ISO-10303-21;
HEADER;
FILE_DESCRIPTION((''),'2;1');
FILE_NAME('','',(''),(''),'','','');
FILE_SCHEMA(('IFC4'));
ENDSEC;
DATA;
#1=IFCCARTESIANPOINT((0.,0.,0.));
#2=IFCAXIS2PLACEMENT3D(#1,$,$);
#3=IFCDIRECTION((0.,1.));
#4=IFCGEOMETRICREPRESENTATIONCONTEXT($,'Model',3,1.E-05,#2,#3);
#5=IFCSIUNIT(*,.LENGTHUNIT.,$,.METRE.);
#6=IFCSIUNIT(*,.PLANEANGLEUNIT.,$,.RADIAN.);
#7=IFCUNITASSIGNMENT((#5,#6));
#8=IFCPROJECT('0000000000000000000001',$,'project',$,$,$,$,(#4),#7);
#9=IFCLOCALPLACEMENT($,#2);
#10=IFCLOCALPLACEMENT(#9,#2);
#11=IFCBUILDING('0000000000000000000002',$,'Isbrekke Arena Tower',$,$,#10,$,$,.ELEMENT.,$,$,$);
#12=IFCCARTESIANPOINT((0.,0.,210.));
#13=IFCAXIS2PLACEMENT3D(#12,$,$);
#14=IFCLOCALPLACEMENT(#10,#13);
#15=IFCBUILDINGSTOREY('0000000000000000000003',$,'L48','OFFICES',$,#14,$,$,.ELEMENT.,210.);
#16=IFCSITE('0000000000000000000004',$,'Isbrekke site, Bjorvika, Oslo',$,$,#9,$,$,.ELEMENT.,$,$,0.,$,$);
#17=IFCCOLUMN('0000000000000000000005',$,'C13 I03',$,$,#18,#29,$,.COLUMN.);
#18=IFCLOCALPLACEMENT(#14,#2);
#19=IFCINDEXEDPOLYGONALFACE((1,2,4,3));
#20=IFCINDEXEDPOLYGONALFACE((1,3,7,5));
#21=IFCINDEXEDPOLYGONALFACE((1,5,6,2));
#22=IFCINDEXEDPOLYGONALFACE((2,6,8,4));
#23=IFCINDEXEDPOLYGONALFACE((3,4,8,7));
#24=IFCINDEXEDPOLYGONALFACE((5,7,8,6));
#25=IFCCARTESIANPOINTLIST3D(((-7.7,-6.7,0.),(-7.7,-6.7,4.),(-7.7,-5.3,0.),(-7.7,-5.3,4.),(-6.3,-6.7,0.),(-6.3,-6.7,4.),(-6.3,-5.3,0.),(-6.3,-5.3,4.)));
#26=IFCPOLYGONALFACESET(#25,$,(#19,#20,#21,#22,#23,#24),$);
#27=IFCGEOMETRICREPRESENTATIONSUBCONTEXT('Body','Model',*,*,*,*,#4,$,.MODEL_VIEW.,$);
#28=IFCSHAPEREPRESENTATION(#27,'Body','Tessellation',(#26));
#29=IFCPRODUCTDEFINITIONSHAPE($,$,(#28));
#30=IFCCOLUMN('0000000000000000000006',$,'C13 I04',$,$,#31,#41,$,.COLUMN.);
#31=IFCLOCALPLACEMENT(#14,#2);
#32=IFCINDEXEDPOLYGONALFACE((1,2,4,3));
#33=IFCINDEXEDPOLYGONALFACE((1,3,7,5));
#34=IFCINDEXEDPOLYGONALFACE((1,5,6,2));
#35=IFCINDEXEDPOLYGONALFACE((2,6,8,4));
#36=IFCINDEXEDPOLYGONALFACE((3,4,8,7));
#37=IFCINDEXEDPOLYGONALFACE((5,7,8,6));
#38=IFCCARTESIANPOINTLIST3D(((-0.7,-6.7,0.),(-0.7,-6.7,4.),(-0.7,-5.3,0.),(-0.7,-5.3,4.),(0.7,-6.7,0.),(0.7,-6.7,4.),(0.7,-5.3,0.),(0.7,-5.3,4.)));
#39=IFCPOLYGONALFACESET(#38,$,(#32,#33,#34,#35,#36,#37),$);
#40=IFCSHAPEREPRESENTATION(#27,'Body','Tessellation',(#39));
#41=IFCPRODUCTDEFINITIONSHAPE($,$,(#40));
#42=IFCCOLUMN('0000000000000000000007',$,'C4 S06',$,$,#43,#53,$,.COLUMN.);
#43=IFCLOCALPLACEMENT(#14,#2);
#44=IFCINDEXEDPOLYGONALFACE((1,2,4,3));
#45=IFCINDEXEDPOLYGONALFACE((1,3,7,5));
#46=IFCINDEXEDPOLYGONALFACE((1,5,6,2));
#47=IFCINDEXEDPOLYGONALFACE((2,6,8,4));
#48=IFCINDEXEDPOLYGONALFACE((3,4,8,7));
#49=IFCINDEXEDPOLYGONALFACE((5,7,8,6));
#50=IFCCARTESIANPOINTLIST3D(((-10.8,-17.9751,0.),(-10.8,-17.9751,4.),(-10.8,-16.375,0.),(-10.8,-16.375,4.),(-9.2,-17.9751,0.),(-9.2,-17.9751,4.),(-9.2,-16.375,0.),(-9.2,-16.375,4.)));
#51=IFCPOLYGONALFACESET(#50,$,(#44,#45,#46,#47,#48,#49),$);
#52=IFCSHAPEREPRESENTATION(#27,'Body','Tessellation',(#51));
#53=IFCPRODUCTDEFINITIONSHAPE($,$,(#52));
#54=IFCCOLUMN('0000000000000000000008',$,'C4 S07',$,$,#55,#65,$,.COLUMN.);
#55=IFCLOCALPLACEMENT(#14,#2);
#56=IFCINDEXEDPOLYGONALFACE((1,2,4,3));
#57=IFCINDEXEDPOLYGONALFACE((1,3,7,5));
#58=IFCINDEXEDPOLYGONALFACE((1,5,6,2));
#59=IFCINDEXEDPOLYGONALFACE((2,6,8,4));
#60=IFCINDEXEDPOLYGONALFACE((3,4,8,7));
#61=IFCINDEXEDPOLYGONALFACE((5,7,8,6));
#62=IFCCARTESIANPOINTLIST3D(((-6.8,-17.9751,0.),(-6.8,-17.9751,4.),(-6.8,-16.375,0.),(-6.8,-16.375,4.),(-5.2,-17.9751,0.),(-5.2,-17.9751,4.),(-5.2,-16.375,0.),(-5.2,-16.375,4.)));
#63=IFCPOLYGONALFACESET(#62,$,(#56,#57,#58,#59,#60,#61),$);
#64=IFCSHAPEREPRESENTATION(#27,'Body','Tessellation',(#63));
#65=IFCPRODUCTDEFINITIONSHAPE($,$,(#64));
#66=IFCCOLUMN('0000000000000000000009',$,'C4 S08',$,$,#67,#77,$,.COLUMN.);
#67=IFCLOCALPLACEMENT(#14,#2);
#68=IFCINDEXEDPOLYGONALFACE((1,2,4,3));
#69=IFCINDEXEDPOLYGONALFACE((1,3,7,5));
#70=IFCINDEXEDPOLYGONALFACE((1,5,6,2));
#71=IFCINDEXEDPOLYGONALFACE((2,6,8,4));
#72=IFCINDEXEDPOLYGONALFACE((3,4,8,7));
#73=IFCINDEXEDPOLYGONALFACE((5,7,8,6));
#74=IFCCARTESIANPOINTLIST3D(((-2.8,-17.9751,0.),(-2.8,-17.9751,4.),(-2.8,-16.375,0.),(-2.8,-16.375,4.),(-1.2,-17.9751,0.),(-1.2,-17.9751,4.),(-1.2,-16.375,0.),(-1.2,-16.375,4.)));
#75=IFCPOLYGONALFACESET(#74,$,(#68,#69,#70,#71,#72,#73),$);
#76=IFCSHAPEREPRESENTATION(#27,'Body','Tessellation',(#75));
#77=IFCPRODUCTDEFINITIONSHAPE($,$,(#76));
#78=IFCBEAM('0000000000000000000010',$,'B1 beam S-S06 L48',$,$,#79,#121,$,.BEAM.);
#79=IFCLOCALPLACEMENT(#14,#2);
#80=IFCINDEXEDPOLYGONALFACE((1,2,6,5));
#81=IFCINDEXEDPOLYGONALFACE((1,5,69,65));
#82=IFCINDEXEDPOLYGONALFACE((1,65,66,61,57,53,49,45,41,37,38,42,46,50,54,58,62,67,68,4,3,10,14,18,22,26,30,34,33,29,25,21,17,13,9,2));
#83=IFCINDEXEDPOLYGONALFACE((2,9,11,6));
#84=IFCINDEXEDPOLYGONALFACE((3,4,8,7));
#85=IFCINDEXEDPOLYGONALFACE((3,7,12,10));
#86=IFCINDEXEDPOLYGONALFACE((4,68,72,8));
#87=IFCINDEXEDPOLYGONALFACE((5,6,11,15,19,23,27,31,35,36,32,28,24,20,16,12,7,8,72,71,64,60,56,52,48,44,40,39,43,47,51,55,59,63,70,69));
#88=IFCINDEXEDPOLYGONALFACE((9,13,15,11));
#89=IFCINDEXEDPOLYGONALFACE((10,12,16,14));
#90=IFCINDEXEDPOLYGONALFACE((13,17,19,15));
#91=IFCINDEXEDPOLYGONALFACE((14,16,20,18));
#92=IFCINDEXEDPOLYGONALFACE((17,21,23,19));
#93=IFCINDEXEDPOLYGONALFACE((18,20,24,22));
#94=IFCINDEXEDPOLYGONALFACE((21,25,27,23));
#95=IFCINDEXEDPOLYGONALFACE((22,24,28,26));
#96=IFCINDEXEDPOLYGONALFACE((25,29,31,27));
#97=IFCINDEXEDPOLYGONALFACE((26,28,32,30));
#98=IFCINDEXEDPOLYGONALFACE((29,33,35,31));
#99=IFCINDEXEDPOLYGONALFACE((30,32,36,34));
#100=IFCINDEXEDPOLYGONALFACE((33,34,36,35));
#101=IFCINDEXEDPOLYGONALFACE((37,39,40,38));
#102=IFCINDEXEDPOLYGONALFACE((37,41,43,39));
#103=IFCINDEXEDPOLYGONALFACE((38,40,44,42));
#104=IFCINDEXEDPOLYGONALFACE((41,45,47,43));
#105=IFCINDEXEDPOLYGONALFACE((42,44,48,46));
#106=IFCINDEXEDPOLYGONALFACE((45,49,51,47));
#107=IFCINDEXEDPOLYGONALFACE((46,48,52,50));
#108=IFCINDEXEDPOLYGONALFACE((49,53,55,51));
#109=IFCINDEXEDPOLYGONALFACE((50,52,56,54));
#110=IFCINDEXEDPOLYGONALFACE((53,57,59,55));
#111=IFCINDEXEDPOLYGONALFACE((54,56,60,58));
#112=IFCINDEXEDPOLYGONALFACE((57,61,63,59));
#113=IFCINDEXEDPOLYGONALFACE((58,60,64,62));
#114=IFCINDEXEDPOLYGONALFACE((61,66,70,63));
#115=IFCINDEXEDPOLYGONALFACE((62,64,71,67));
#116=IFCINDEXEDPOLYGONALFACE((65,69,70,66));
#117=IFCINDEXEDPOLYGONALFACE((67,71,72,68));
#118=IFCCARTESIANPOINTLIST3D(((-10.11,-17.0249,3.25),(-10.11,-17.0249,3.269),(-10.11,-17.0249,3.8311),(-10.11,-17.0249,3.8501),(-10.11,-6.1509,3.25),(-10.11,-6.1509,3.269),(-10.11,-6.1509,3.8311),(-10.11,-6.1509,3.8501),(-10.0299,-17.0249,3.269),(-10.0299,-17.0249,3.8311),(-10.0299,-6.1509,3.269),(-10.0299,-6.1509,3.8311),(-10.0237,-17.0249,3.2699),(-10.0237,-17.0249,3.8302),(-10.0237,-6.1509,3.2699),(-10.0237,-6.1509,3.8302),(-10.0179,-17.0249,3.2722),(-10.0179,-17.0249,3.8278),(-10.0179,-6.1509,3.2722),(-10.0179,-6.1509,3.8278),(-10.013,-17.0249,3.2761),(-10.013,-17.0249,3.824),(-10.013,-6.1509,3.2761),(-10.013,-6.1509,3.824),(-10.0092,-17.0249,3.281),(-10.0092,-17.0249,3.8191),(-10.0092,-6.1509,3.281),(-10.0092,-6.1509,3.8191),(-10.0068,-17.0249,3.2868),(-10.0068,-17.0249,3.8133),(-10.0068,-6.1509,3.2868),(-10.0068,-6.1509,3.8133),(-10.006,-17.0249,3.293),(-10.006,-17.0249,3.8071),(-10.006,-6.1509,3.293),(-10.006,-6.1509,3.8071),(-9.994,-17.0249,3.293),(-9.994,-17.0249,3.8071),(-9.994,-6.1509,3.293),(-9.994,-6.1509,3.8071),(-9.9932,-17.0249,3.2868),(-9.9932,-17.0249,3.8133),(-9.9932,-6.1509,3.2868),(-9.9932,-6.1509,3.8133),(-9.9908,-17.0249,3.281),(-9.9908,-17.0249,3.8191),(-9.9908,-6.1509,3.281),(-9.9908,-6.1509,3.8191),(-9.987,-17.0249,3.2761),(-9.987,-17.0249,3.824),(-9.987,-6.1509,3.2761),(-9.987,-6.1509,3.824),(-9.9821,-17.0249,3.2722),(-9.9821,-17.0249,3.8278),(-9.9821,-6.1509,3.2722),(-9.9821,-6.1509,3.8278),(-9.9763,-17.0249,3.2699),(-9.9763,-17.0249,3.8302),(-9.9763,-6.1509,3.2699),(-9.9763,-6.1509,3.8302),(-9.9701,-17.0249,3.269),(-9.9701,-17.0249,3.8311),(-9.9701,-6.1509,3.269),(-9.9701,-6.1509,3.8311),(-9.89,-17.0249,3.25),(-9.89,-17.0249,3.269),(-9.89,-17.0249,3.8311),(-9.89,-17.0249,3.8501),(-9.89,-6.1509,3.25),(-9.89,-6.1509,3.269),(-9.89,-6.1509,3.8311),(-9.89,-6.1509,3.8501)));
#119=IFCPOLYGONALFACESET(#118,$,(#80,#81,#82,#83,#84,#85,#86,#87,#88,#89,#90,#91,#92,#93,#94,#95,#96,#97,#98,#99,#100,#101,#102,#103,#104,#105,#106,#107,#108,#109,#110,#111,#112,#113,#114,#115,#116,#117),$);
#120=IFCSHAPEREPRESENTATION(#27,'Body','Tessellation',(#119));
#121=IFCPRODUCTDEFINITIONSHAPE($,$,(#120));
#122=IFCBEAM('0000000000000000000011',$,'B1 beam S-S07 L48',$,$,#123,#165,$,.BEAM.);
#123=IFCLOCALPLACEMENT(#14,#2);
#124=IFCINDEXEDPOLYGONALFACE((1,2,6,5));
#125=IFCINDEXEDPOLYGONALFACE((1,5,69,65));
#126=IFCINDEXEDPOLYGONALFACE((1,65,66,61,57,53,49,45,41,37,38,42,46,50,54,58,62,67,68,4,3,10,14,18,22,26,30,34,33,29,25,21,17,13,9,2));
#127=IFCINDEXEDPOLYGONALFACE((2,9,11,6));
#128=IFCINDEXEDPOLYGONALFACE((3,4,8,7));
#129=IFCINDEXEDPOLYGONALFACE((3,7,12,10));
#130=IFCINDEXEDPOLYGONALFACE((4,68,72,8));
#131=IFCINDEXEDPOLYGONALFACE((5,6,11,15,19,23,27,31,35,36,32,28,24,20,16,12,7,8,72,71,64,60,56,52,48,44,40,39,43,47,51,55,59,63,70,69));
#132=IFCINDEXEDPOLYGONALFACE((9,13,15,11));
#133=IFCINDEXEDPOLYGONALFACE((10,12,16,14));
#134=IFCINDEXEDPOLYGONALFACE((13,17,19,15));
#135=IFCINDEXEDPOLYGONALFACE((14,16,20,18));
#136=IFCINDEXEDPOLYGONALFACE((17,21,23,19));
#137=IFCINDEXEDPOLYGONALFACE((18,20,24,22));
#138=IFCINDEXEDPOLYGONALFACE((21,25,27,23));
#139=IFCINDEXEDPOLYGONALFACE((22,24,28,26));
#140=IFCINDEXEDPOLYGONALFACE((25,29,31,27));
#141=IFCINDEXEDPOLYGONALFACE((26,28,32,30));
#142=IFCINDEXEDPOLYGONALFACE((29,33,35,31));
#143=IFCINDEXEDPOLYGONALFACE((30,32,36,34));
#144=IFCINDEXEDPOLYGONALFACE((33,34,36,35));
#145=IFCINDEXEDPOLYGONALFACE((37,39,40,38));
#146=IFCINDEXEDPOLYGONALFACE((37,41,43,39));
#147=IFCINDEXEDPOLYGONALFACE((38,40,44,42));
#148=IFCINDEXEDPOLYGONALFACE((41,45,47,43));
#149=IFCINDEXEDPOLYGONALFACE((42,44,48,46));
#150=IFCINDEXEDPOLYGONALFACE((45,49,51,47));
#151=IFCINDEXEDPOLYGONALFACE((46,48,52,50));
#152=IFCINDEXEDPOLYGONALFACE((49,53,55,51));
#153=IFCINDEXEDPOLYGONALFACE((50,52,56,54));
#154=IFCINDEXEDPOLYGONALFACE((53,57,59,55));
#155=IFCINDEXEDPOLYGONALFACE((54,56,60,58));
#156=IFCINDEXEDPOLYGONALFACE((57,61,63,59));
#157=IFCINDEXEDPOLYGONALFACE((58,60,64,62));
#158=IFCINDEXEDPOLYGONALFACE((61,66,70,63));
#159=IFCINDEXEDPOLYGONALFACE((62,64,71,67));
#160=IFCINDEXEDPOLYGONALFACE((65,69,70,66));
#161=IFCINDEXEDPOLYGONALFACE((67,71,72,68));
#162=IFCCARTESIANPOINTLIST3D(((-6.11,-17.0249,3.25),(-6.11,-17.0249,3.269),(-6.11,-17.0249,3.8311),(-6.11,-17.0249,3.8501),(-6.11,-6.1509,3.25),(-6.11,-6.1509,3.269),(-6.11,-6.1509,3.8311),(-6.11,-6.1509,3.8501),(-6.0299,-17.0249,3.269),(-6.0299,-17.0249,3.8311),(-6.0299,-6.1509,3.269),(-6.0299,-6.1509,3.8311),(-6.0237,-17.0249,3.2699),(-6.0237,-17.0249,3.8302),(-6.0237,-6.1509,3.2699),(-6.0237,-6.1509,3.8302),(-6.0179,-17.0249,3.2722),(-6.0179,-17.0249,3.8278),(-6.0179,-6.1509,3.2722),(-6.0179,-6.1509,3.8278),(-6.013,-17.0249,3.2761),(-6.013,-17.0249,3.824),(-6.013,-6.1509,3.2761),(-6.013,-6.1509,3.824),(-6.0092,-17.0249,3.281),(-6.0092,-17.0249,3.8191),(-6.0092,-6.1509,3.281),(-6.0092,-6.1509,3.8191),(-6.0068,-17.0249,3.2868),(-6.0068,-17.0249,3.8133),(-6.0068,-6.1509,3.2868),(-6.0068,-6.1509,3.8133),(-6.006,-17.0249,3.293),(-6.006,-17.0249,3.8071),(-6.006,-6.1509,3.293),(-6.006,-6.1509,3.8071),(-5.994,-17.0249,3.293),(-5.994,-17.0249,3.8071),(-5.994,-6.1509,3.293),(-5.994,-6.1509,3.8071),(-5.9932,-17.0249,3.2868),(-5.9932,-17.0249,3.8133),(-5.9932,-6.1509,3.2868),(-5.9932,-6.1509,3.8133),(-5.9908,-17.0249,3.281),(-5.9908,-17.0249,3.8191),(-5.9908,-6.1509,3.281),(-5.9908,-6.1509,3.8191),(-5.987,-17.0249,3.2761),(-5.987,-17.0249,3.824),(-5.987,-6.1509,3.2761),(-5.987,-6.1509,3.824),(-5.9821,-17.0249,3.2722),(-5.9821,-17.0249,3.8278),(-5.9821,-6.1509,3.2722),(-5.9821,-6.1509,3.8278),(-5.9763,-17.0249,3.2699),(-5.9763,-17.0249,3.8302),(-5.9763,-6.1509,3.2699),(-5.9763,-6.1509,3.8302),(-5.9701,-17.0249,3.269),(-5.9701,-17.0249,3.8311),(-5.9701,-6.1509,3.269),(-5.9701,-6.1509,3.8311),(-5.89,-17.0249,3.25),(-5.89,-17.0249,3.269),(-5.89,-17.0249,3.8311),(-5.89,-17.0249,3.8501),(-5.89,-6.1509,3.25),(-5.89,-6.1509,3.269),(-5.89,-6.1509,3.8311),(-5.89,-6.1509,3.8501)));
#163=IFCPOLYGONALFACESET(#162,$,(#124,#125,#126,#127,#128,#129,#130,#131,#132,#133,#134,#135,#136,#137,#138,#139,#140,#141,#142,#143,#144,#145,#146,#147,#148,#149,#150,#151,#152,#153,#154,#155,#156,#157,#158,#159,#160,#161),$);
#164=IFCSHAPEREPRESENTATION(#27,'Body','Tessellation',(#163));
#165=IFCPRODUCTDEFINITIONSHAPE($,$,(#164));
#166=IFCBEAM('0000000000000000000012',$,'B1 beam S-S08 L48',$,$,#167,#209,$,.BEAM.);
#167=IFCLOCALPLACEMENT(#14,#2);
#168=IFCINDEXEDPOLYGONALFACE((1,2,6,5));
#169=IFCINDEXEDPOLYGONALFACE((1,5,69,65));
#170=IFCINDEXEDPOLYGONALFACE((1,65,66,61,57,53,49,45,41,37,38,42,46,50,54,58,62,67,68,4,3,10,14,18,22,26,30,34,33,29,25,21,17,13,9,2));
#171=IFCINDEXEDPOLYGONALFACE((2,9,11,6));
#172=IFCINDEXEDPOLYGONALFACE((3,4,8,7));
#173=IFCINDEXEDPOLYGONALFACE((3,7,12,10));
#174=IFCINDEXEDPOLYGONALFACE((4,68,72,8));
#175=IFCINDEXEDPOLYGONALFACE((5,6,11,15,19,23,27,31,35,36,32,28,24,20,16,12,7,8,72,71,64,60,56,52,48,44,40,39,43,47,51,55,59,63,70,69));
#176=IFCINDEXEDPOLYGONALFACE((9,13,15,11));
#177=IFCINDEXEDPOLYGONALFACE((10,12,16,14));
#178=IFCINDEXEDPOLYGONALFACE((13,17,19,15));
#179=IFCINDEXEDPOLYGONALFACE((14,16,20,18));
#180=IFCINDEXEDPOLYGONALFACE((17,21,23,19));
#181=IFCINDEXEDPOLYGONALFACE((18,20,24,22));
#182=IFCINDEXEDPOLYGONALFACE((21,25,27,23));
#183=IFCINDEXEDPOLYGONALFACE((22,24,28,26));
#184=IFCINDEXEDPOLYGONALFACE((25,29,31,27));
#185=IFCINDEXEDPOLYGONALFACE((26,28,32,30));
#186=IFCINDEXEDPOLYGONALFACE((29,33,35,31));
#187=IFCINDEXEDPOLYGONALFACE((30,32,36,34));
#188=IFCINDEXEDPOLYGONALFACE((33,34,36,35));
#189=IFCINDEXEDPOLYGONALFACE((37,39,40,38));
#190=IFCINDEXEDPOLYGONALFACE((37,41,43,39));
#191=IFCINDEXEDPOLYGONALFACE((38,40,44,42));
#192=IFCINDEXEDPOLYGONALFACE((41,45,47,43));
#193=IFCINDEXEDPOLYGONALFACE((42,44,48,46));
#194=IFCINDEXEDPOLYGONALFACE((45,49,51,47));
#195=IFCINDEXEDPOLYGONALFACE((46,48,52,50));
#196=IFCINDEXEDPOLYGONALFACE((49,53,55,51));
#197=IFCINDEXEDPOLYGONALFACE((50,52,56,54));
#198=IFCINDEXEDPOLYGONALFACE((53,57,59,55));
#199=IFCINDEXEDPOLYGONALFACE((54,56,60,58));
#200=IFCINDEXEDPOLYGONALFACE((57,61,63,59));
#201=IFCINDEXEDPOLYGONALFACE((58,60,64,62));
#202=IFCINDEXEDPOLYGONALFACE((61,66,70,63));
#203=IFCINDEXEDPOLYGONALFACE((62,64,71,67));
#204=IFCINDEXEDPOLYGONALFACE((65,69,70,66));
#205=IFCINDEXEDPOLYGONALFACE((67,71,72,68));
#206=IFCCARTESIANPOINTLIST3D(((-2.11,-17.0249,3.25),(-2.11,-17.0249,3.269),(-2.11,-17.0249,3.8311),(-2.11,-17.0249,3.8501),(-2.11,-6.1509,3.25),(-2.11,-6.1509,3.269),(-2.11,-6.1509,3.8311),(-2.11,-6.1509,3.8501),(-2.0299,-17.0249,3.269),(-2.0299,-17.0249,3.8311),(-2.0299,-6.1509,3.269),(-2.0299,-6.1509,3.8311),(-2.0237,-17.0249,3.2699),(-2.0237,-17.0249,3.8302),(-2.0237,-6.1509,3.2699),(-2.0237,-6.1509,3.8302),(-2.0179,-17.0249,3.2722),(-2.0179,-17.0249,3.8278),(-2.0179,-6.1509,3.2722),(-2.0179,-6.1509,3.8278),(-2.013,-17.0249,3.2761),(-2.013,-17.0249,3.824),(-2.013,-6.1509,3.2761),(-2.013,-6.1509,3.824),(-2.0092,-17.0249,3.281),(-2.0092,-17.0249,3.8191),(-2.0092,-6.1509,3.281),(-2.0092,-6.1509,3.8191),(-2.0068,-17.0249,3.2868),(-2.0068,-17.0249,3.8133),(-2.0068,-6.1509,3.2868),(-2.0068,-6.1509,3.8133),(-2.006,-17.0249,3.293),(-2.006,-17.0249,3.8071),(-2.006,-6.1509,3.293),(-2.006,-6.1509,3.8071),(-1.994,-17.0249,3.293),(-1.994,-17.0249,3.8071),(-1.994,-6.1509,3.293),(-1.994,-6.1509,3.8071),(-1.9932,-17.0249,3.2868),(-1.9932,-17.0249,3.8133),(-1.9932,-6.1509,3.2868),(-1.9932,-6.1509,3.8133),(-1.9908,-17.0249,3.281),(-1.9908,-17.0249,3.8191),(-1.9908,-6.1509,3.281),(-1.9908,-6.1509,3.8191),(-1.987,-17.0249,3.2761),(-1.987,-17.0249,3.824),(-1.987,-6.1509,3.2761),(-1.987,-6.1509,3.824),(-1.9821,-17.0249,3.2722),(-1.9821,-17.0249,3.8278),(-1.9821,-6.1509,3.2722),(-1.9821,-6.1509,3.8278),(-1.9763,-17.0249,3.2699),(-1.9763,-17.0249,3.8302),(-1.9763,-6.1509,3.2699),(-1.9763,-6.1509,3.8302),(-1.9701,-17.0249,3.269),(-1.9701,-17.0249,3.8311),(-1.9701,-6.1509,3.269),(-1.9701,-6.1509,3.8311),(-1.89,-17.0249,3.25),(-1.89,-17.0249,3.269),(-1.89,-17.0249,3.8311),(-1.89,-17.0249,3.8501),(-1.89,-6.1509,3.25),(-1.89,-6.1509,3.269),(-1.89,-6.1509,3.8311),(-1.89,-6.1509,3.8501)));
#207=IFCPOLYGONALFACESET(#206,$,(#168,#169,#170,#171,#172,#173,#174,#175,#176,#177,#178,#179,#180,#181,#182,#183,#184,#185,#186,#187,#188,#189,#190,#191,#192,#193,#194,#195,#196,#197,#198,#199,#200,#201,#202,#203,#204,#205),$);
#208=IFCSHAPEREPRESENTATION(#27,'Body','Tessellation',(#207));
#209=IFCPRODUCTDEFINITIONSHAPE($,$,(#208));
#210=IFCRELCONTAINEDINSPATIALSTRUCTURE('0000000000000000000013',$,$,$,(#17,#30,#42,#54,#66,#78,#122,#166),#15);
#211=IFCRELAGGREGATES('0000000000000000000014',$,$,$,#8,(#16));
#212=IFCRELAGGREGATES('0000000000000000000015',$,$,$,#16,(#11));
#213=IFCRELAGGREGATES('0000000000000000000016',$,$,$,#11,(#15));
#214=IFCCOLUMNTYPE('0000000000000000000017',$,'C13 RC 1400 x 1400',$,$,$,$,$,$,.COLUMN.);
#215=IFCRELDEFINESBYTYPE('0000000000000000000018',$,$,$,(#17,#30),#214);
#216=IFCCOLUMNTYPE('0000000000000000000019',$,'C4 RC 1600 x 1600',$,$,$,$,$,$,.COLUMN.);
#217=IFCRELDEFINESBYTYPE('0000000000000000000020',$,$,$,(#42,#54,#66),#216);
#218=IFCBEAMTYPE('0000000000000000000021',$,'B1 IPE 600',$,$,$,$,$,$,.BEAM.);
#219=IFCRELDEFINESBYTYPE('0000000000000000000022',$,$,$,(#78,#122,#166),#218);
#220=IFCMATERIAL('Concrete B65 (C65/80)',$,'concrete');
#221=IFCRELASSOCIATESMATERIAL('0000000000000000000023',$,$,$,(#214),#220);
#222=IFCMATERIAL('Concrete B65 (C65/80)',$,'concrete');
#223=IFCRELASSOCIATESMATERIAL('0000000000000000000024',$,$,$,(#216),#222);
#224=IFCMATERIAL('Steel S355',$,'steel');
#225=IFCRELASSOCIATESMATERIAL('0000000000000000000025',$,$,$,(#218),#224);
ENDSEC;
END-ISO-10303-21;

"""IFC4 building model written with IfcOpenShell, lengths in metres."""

from ifc_helpers import new_model, si_unit, direction, frame, origin, origin_2d, place, context, subcontext, project, spatial, rectangle, i_section, extrude, material, material_profile, profile_set, type_object, element, save


model = new_model("IFC4")

# Units and contexts
model_context = context("Model", 3, precision=1e-05, world=origin(), true_north=direction((0.0, 1.0)))
body_context = subcontext(model_context, "Body", "Model", "MODEL_VIEW")
ifc_project = project(units=[si_unit("LENGTHUNIT", "METRE"), si_unit("PLANEANGLEUNIT", "RADIAN")], contexts=[model_context])

# Site, building, storey
site_placement = place(None, origin())
site = spatial("IfcSite", under=ifc_project, at=site_placement, Name="Isbrekke site, Bjorvika, Oslo", CompositionType="ELEMENT", RefElevation=0.0)
building_placement = place(site_placement, origin())
building = spatial("IfcBuilding", under=site, at=building_placement, Name="Isbrekke Arena Tower", CompositionType="ELEMENT")
storey_placement = place(building_placement, frame((0.0, 0.0, 210.0)))
storey = spatial("IfcBuildingStorey", under=building, at=storey_placement, Name="L48", Description="OFFICES", CompositionType="ELEMENT", Elevation=210.0)

# Columns
ifc_material_1 = material(Name="Concrete B65 (C65/80)", Category="concrete")
ifc_material_profile_1 = material_profile(ifc_material_1, rectangle(XDim=1.3999, YDim=1.3999, at=origin_2d()), Name="RC 1400x1400")
ifc_profile_set_1 = profile_set([ifc_material_profile_1], Name="Concrete B65 (C65/80)")
column_type_1 = type_object("IfcColumnType", Name="C13 RC 1400 x 1400", PredefinedType="COLUMN", material=ifc_profile_set_1)
for number, where, z_axis, x_axis, name in (
    (1, (-7.0, -6.0, 0.0), (0.0, 0.0, 1.0), (1.0, 0.0, 0.0), "C13 I03"),
    (2, (0.0, -6.0, 0.0), (0.0, 0.0, 1.0), (1.0, 0.0, 0.0), "C13 I04"),
):
    element("IfcColumn", number, at=place(storey_placement, frame(where, z_axis=z_axis, x_axis=x_axis)), inside=storey, type_object=column_type_1, Name=name, PredefinedType="COLUMN", context=body_context, shape_type="SweptSolid", body=[
        extrude(rectangle(XDim=1.3999, YDim=1.3999, at=origin_2d()), origin(), (0.0, 0.0, 1.0), 4.0),
    ])
ifc_material_2 = material(Name="Concrete B65 (C65/80)", Category="concrete")
ifc_material_profile_2 = material_profile(ifc_material_2, rectangle(XDim=1.6001, YDim=1.6001, at=origin_2d()), Name="RC 1600x1600")
ifc_profile_set_2 = profile_set([ifc_material_profile_2], Name="Concrete B65 (C65/80)")
column_type_2 = type_object("IfcColumnType", Name="C4 RC 1600 x 1600", PredefinedType="COLUMN", material=ifc_profile_set_2)
for number, where, z_axis, x_axis, name in (
    (3, (-10.0, -17.175, 0.0), (0.0, 0.0, 1.0), (1.0, 0.0, 0.0), "C4 S06"),
    (4, (-6.0, -17.175, 0.0), (0.0, 0.0, 1.0), (1.0, 0.0, 0.0), "C4 S07"),
    (5, (-2.0, -17.175, 0.0), (0.0, 0.0, 1.0), (1.0, 0.0, 0.0), "C4 S08"),
):
    element("IfcColumn", number, at=place(storey_placement, frame(where, z_axis=z_axis, x_axis=x_axis)), inside=storey, type_object=column_type_2, Name=name, PredefinedType="COLUMN", context=body_context, shape_type="SweptSolid", body=[
        extrude(rectangle(XDim=1.6001, YDim=1.6001, at=origin_2d()), origin(), (0.0, 0.0, 1.0), 4.0),
    ])

# Beams
ifc_material_3 = material(Name="Steel S355", Category="steel")
ifc_material_profile_3 = material_profile(ifc_material_3, i_section(OverallWidth=0.22, OverallDepth=0.6001, WebThickness=0.012, FlangeThickness=0.019, FilletRadius=0.0239, at=origin_2d()), Name="IPE 600")
ifc_profile_set_3 = profile_set([ifc_material_profile_3], Name="Steel S355")
beam_type_1 = type_object("IfcBeamType", Name="B1 IPE 600", PredefinedType="BEAM", material=ifc_profile_set_3)
for number, where, z_axis, x_axis, name in (
    (6, (-10.0, -17.0249, 3.55), (0.0, 1.0, 0.0), (-1.0, 0.0, 0.0), "B1 beam S-S06 L48"),
    (7, (-6.0, -17.0249, 3.55), (0.0, 1.0, 0.0), (-1.0, 0.0, 0.0), "B1 beam S-S07 L48"),
    (8, (-2.0, -17.0249, 3.55), (0.0, 1.0, 0.0), (-1.0, 0.0, 0.0), "B1 beam S-S08 L48"),
):
    element("IfcBeam", number, at=place(storey_placement, frame(where, z_axis=z_axis, x_axis=x_axis)), inside=storey, type_object=beam_type_1, Name=name, PredefinedType="BEAM", context=body_context, shape_type="SweptSolid", body=[
        extrude(i_section(OverallWidth=0.22, OverallDepth=0.6001, WebThickness=0.012, FlangeThickness=0.019, FilletRadius=0.0239, at=origin_2d()), origin(), (0.0, 0.0, 1.0), 10.874),
    ])

save(model, "model.ifc")
